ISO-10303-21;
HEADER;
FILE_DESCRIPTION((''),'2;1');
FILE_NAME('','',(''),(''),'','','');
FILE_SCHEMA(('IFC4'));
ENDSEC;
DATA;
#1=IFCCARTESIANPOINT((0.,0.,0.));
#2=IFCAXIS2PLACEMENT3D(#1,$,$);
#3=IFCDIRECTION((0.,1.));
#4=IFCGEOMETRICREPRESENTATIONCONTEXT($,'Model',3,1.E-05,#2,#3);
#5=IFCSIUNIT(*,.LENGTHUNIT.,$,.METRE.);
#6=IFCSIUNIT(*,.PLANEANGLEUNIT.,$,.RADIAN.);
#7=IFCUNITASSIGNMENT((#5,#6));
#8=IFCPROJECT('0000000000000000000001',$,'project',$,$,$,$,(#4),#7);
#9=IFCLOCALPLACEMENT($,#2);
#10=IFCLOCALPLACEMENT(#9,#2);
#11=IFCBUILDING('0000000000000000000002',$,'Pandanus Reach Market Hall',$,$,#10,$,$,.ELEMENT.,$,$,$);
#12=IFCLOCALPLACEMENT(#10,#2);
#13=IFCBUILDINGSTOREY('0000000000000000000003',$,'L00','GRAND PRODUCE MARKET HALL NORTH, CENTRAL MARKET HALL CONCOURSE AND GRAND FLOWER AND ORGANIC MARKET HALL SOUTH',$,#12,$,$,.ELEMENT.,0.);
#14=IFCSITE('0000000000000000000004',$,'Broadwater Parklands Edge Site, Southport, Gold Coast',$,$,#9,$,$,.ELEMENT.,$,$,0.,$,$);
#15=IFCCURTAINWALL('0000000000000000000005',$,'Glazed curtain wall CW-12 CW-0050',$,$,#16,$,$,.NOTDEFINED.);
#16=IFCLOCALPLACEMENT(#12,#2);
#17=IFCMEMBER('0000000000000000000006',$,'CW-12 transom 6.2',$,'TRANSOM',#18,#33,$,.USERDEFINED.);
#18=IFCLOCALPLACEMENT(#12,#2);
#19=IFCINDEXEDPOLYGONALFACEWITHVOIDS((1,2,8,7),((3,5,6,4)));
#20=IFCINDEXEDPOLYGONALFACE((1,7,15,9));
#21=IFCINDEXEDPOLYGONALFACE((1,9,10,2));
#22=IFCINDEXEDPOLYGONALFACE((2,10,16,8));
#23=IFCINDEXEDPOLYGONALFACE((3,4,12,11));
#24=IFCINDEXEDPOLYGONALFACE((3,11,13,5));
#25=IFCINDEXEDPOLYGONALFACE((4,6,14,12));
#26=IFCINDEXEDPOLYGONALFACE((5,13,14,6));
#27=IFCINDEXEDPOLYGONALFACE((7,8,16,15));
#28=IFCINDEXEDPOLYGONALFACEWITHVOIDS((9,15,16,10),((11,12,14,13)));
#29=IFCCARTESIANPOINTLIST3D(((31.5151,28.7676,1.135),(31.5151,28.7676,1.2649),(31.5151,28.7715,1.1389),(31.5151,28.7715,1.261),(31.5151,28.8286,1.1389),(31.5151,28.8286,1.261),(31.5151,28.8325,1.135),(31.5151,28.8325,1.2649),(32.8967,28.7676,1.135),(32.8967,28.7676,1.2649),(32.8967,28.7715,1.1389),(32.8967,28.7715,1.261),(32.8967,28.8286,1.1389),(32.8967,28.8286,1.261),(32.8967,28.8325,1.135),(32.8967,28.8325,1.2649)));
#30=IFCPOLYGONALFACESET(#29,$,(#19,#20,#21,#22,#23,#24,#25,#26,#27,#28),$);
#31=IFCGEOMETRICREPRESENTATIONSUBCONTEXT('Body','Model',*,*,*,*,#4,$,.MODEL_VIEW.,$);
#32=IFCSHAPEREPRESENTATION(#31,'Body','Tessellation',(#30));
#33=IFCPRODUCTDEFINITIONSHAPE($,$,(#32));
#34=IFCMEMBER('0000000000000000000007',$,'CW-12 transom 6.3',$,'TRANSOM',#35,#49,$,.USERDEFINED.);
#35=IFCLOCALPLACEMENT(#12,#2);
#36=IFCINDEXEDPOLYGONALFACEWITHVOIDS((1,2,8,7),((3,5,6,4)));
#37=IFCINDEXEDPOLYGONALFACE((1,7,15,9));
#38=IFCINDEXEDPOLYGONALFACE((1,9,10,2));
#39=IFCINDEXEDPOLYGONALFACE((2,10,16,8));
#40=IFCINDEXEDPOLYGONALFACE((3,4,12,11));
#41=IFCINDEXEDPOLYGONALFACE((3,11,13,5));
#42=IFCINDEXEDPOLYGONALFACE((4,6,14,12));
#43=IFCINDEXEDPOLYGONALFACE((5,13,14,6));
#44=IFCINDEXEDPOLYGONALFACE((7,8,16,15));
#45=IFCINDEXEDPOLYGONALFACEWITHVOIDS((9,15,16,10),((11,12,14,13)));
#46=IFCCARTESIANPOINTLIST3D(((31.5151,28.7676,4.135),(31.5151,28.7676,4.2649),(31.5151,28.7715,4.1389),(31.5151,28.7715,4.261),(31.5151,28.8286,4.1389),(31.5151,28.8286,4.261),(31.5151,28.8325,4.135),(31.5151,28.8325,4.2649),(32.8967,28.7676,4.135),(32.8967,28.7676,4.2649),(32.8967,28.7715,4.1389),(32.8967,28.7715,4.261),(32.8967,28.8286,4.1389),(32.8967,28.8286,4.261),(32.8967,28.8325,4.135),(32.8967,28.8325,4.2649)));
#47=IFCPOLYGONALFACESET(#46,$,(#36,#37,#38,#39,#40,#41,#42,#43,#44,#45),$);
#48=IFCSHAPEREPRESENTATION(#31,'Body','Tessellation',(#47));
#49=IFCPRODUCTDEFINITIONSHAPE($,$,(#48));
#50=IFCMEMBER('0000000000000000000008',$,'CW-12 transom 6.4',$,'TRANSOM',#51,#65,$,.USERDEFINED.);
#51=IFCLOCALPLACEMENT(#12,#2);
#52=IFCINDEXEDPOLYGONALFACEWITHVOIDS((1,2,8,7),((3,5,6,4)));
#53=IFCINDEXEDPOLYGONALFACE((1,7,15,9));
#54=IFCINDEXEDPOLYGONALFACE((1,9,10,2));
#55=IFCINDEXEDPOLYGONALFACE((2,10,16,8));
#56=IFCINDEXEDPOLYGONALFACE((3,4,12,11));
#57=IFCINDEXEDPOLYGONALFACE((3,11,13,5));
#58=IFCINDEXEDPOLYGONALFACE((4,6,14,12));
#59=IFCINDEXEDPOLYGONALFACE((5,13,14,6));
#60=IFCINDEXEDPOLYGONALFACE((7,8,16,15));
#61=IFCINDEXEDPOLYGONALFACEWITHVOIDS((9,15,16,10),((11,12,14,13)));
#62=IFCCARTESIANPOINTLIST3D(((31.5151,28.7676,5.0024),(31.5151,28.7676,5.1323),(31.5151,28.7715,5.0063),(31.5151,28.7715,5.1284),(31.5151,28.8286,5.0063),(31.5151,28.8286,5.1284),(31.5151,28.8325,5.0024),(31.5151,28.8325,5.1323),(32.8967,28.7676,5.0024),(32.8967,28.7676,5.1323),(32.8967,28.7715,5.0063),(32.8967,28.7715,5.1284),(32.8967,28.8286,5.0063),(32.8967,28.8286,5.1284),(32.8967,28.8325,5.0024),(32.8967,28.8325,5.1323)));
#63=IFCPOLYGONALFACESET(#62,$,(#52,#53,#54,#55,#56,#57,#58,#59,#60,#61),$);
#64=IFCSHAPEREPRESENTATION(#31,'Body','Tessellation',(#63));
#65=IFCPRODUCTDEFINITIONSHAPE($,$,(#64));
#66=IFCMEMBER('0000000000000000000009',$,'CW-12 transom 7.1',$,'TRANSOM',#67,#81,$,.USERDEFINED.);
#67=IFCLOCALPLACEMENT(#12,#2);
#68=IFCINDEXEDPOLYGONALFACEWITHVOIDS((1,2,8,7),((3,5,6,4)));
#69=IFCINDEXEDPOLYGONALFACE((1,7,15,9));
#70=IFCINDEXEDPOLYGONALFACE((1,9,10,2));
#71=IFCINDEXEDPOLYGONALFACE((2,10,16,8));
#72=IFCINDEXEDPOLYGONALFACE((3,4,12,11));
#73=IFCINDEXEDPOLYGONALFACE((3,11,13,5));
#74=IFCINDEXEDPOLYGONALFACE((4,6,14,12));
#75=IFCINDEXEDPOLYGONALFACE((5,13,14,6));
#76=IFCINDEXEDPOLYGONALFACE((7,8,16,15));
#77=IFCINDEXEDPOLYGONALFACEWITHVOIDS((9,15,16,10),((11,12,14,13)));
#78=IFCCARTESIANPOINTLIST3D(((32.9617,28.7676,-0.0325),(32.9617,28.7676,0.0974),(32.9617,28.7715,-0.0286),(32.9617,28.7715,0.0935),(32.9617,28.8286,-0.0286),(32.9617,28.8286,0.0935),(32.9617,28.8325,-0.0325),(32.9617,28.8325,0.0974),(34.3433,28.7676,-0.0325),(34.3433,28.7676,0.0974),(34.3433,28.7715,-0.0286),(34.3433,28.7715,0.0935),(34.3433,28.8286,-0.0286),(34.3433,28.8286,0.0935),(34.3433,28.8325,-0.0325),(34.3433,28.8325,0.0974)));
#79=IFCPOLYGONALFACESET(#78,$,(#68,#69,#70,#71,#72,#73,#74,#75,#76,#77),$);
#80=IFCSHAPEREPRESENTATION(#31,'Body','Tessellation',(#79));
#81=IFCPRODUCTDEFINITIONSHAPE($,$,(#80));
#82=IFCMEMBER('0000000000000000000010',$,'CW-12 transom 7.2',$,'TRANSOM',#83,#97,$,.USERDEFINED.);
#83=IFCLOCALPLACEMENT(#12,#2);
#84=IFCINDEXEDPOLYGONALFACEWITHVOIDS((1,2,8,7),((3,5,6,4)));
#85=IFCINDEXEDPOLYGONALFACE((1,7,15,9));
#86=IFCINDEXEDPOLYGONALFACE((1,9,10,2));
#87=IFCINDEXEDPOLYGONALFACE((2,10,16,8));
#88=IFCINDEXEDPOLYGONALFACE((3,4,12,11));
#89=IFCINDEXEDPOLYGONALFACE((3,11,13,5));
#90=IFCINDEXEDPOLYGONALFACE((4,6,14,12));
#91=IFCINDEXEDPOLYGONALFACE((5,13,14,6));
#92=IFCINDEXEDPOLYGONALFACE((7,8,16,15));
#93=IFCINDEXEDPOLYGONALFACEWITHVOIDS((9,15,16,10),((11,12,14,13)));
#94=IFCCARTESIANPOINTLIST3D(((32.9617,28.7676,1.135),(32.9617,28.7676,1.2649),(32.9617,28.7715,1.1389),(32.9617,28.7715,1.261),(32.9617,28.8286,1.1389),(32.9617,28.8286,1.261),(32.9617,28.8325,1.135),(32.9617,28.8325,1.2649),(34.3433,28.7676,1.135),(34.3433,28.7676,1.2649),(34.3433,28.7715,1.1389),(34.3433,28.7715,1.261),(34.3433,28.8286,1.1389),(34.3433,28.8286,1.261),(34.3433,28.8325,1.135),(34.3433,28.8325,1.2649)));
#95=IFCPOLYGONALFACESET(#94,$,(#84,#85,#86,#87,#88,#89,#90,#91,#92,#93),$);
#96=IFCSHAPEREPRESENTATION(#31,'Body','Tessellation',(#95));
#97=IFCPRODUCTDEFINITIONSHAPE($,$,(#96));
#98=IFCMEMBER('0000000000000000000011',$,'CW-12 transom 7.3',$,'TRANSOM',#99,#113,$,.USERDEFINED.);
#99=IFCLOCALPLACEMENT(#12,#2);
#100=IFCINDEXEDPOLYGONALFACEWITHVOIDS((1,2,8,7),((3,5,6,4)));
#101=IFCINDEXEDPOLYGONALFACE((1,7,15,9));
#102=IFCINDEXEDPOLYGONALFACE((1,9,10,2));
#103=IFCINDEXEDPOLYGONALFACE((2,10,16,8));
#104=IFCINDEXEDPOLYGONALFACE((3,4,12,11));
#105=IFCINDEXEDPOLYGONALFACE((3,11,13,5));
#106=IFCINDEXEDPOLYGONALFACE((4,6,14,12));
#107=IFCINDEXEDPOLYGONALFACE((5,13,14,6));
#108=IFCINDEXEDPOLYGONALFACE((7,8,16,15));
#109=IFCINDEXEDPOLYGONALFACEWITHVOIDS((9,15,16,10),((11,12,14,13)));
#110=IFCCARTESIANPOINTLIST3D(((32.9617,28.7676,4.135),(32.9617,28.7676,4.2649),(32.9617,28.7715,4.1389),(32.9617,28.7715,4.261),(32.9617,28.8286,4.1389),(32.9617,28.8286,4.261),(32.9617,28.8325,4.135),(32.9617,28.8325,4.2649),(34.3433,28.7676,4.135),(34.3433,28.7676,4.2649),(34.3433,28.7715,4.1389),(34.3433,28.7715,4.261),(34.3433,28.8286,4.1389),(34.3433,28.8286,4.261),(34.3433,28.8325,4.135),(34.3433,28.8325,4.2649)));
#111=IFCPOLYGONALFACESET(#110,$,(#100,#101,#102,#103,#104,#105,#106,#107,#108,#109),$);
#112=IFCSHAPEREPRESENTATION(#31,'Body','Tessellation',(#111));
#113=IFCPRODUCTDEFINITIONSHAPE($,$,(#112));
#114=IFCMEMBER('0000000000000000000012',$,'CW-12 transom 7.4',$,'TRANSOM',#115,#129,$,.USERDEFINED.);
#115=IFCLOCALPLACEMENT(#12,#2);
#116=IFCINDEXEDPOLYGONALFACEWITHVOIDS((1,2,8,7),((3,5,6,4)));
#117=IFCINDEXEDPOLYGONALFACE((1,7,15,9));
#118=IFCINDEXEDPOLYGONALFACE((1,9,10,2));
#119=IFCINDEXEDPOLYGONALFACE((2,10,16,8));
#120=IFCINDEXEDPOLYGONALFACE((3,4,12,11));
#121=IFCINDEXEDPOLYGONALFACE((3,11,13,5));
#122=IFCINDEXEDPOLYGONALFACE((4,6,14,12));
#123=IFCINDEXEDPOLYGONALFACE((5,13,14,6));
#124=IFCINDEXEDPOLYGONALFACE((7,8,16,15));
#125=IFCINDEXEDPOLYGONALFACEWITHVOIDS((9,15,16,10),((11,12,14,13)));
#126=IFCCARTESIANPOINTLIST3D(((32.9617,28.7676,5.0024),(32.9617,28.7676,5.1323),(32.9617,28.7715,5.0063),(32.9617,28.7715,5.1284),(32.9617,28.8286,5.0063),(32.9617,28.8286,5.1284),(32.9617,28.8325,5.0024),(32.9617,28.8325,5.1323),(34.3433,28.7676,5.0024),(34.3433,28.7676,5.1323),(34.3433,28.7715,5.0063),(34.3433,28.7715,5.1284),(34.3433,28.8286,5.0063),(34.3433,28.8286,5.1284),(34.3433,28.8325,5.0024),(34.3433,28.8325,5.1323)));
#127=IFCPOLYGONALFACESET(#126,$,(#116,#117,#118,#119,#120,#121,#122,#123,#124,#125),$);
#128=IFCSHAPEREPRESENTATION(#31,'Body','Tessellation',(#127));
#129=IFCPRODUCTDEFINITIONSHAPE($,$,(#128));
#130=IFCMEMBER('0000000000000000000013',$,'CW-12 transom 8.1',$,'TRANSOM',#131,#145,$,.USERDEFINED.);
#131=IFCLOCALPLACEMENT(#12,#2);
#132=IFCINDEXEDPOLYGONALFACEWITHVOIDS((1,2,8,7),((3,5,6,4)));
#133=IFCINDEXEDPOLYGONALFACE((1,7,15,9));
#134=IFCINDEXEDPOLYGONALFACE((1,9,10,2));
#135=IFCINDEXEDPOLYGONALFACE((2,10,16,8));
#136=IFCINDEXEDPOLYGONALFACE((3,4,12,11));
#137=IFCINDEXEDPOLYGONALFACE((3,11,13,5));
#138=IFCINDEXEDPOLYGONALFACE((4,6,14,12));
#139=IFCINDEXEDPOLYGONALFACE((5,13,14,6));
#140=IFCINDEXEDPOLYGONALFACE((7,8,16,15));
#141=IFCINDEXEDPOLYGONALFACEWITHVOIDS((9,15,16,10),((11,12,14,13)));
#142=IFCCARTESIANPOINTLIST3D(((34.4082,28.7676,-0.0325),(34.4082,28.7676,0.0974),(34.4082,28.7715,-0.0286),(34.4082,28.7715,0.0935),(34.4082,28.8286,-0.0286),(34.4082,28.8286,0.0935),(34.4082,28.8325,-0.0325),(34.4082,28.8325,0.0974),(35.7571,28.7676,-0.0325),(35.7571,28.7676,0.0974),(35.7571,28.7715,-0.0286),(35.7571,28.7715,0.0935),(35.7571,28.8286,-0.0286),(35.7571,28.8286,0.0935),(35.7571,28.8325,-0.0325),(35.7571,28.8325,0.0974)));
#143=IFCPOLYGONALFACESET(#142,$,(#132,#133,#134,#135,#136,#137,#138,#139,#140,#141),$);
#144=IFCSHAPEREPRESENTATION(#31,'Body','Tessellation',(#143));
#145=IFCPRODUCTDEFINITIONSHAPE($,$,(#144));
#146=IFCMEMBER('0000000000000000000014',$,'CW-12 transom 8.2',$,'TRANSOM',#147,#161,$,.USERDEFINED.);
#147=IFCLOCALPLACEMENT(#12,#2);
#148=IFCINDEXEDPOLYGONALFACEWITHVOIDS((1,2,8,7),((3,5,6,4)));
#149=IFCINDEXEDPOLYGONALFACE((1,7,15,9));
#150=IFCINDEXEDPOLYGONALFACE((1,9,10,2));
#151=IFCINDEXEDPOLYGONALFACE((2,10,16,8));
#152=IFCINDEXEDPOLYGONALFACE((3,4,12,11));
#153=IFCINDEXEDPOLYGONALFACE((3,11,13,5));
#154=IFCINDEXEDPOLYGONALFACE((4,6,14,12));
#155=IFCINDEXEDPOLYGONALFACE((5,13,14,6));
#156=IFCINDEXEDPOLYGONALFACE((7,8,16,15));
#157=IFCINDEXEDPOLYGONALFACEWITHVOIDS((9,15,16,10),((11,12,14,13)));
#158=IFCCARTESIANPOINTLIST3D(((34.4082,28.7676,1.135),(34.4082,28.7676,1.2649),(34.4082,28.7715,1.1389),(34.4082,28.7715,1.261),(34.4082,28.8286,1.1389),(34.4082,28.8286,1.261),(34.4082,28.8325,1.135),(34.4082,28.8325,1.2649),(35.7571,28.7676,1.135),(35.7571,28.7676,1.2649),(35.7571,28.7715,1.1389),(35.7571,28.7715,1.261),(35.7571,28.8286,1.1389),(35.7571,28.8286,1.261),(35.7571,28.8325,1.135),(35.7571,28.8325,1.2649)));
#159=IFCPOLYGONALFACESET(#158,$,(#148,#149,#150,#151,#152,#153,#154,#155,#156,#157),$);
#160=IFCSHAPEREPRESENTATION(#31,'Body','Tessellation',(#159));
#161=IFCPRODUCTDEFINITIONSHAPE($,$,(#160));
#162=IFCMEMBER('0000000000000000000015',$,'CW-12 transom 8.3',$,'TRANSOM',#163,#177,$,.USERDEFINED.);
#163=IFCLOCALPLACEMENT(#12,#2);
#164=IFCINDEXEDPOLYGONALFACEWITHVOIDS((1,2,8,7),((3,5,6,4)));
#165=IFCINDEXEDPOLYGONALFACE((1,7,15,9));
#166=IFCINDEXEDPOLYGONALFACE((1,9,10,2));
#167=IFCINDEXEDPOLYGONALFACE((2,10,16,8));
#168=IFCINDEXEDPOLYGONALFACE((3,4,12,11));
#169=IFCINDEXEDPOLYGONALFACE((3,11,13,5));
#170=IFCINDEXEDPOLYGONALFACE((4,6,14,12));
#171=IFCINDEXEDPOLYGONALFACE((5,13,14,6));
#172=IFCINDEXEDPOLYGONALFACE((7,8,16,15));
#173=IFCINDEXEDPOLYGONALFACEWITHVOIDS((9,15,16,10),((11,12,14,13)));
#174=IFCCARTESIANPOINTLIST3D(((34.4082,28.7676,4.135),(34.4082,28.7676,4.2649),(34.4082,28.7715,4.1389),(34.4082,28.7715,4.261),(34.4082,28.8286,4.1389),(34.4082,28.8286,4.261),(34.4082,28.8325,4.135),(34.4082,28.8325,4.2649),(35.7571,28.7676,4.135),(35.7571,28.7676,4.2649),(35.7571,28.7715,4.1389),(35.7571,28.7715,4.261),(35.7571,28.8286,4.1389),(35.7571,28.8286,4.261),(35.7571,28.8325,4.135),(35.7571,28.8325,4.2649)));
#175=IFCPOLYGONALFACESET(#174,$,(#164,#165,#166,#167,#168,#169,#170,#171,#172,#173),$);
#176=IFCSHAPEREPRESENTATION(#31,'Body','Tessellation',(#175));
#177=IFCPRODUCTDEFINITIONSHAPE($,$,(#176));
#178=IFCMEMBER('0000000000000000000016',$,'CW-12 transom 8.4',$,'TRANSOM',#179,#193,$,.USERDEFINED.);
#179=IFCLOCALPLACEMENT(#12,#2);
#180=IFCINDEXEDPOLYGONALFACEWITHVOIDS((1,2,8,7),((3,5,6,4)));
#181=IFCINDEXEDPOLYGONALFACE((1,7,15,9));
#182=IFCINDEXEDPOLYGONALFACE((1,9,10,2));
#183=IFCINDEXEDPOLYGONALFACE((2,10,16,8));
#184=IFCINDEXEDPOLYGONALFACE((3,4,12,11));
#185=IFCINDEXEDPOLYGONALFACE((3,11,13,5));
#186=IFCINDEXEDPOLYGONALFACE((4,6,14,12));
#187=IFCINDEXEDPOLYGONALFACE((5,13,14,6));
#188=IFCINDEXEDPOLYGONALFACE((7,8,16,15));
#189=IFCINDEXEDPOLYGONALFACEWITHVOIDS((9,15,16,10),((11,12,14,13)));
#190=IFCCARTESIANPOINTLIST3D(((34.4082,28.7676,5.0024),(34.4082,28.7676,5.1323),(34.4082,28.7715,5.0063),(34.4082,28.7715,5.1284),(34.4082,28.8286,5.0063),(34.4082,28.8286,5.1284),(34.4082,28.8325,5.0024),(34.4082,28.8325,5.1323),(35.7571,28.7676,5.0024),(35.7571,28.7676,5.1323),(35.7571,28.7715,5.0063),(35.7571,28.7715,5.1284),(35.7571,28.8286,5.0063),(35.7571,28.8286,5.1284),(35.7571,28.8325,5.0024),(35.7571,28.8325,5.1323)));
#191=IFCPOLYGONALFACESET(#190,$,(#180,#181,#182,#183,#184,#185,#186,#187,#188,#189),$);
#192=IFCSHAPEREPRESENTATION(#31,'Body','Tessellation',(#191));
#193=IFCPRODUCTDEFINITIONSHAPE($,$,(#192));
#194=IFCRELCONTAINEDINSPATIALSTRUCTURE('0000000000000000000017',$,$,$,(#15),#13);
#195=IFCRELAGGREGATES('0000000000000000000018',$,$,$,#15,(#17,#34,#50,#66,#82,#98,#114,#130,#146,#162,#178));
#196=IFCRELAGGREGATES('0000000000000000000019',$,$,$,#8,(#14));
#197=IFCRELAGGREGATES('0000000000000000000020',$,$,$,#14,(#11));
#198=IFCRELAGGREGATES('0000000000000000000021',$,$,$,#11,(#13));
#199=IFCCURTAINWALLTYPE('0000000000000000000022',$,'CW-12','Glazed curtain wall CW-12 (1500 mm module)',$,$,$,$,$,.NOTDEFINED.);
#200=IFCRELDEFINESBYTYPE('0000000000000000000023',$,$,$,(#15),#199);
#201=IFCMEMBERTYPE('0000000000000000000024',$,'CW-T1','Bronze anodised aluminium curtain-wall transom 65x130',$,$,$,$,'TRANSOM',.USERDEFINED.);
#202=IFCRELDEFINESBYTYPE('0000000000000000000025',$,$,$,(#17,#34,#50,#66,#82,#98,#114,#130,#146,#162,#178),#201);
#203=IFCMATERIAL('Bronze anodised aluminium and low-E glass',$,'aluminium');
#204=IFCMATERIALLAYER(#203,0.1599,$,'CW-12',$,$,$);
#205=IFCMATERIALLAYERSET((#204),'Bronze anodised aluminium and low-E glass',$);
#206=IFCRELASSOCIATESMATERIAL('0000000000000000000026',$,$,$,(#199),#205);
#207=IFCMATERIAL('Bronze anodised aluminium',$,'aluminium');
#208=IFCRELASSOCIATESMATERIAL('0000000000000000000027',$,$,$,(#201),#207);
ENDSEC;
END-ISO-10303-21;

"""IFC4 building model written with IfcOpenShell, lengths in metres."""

from ifc_helpers import new_model, si_unit, direction, frame, origin, origin_2d, place, context, subcontext, project, spatial, hollow_rectangle, extrude, material, layer, layer_set, material_profile, profile_set, type_object, element, aggregate, save


model = new_model("IFC4")

# Units and contexts
model_context = context("Model", 3, precision=1e-05, world=origin(), true_north=direction((0.0, 1.0)))
body_context = subcontext(model_context, "Body", "Model", "MODEL_VIEW")
ifc_project = project(units=[si_unit("LENGTHUNIT", "METRE"), si_unit("PLANEANGLEUNIT", "RADIAN")], contexts=[model_context])

# Site, building, storey
site_placement = place(None, origin())
site = spatial("IfcSite", under=ifc_project, at=site_placement, Name="Broadwater Parklands Edge Site, Southport, Gold Coast", CompositionType="ELEMENT", RefElevation=0.0)
building_placement = place(site_placement, origin())
building = spatial("IfcBuilding", under=site, at=building_placement, Name="Pandanus Reach Market Hall", CompositionType="ELEMENT")
storey_placement = place(building_placement, origin())
storey = spatial("IfcBuildingStorey", under=building, at=storey_placement, Name="L00", Description="GRAND PRODUCE MARKET HALL NORTH, CENTRAL MARKET HALL CONCOURSE AND GRAND FLOWER AND ORGANIC MARKET HALL SOUTH", CompositionType="ELEMENT", Elevation=0.0)

# Curtain wall, members
ifc_material_1 = material(Name="Bronze anodised aluminium and low-E glass", Category="aluminium")
ifc_layer_1 = layer(ifc_material_1, 0.1599, Name="CW-12")
ifc_layer_set_1 = layer_set([ifc_layer_1], Name="Bronze anodised aluminium and low-E glass")
curtain_wall_type = type_object("IfcCurtainWallType", Name="CW-12", Description="Glazed curtain wall CW-12 (1500 mm module)", PredefinedType="NOTDEFINED", material=ifc_layer_set_1)
curtain_wall_placement = place(storey_placement, origin())
curtain_wall = element("IfcCurtainWall", 1, at=curtain_wall_placement, inside=storey, type_object=curtain_wall_type, Name="Glazed curtain wall CW-12 CW-0050", PredefinedType="NOTDEFINED")
ifc_material_2 = material(Name="Bronze anodised aluminium", Category="aluminium")
ifc_material_profile_1 = material_profile(ifc_material_2, hollow_rectangle(XDim=0.0649, YDim=0.1299, WallThickness=0.0039, at=origin_2d()), Name="ALU65x130", Category="LoadBearing")
ifc_profile_set_1 = profile_set([ifc_material_profile_1], Name="Bronze anodised aluminium")
member_type_1 = type_object("IfcMemberType", Name="CW-T1", Description="Bronze anodised aluminium curtain-wall transom 65x130", ElementType="TRANSOM", PredefinedType="USERDEFINED", material=ifc_profile_set_1)
member_1_placement = place(storey_placement, frame((31.5151, 28.8, 1.2), z_axis=(1.0, 0.0, 0.0), x_axis=(0.0, 1.0, 0.0)))
member_1 = element("IfcMember", 2, at=member_1_placement, type_object=member_type_1, Name="CW-12 transom 6.2", ObjectType="TRANSOM", PredefinedType="USERDEFINED", context=body_context, shape_type="SweptSolid", body=[
    extrude(hollow_rectangle(XDim=0.0649, YDim=0.1299, WallThickness=0.0039, at=origin_2d()), origin(), (0.0, 0.0, 1.0), 1.3816),
])
member_2_placement = place(storey_placement, frame((31.5151, 28.8, 4.2), z_axis=(1.0, 0.0, 0.0), x_axis=(0.0, 1.0, 0.0)))
member_2 = element("IfcMember", 3, at=member_2_placement, type_object=member_type_1, Name="CW-12 transom 6.3", ObjectType="TRANSOM", PredefinedType="USERDEFINED", context=body_context, shape_type="SweptSolid", body=[
    extrude(hollow_rectangle(XDim=0.0649, YDim=0.1299, WallThickness=0.0039, at=origin_2d()), origin(), (0.0, 0.0, 1.0), 1.3816),
])
member_3_placement = place(storey_placement, frame((31.5151, 28.8, 5.0674), z_axis=(1.0, 0.0, 0.0), x_axis=(0.0, 1.0, 0.0)))
member_3 = element("IfcMember", 4, at=member_3_placement, type_object=member_type_1, Name="CW-12 transom 6.4", ObjectType="TRANSOM", PredefinedType="USERDEFINED", context=body_context, shape_type="SweptSolid", body=[
    extrude(hollow_rectangle(XDim=0.0649, YDim=0.1299, WallThickness=0.0039, at=origin_2d()), origin(), (0.0, 0.0, 1.0), 1.3816),
])
member_4_placement = place(storey_placement, frame((32.9617, 28.8, 0.0325), z_axis=(1.0, 0.0, 0.0), x_axis=(0.0, 1.0, 0.0)))
member_4 = element("IfcMember", 5, at=member_4_placement, type_object=member_type_1, Name="CW-12 transom 7.1", ObjectType="TRANSOM", PredefinedType="USERDEFINED", context=body_context, shape_type="SweptSolid", body=[
    extrude(hollow_rectangle(XDim=0.0649, YDim=0.1299, WallThickness=0.0039, at=origin_2d()), origin(), (0.0, 0.0, 1.0), 1.3816),
])
member_5_placement = place(storey_placement, frame((32.9617, 28.8, 1.2), z_axis=(1.0, 0.0, 0.0), x_axis=(0.0, 1.0, 0.0)))
member_5 = element("IfcMember", 6, at=member_5_placement, type_object=member_type_1, Name="CW-12 transom 7.2", ObjectType="TRANSOM", PredefinedType="USERDEFINED", context=body_context, shape_type="SweptSolid", body=[
    extrude(hollow_rectangle(XDim=0.0649, YDim=0.1299, WallThickness=0.0039, at=origin_2d()), origin(), (0.0, 0.0, 1.0), 1.3816),
])
member_6_placement = place(storey_placement, frame((32.9617, 28.8, 4.2), z_axis=(1.0, 0.0, 0.0), x_axis=(0.0, 1.0, 0.0)))
member_6 = element("IfcMember", 7, at=member_6_placement, type_object=member_type_1, Name="CW-12 transom 7.3", ObjectType="TRANSOM", PredefinedType="USERDEFINED", context=body_context, shape_type="SweptSolid", body=[
    extrude(hollow_rectangle(XDim=0.0649, YDim=0.1299, WallThickness=0.0039, at=origin_2d()), origin(), (0.0, 0.0, 1.0), 1.3816),
])
member_7_placement = place(storey_placement, frame((32.9617, 28.8, 5.0674), z_axis=(1.0, 0.0, 0.0), x_axis=(0.0, 1.0, 0.0)))
member_7 = element("IfcMember", 8, at=member_7_placement, type_object=member_type_1, Name="CW-12 transom 7.4", ObjectType="TRANSOM", PredefinedType="USERDEFINED", context=body_context, shape_type="SweptSolid", body=[
    extrude(hollow_rectangle(XDim=0.0649, YDim=0.1299, WallThickness=0.0039, at=origin_2d()), origin(), (0.0, 0.0, 1.0), 1.3816),
])
member_8_placement = place(storey_placement, frame((34.4082, 28.8, 0.0325), z_axis=(1.0, 0.0, 0.0), x_axis=(0.0, 1.0, 0.0)))
member_8 = element("IfcMember", 9, at=member_8_placement, type_object=member_type_1, Name="CW-12 transom 8.1", ObjectType="TRANSOM", PredefinedType="USERDEFINED", context=body_context, shape_type="SweptSolid", body=[
    extrude(hollow_rectangle(XDim=0.0649, YDim=0.1299, WallThickness=0.0039, at=origin_2d()), origin(), (0.0, 0.0, 1.0), 1.3489),
])
member_9_placement = place(storey_placement, frame((34.4082, 28.8, 1.2), z_axis=(1.0, 0.0, 0.0), x_axis=(0.0, 1.0, 0.0)))
member_9 = element("IfcMember", 10, at=member_9_placement, type_object=member_type_1, Name="CW-12 transom 8.2", ObjectType="TRANSOM", PredefinedType="USERDEFINED", context=body_context, shape_type="SweptSolid", body=[
    extrude(hollow_rectangle(XDim=0.0649, YDim=0.1299, WallThickness=0.0039, at=origin_2d()), origin(), (0.0, 0.0, 1.0), 1.3489),
])
member_10_placement = place(storey_placement, frame((34.4082, 28.8, 4.2), z_axis=(1.0, 0.0, 0.0), x_axis=(0.0, 1.0, 0.0)))
member_10 = element("IfcMember", 11, at=member_10_placement, type_object=member_type_1, Name="CW-12 transom 8.3", ObjectType="TRANSOM", PredefinedType="USERDEFINED", context=body_context, shape_type="SweptSolid", body=[
    extrude(hollow_rectangle(XDim=0.0649, YDim=0.1299, WallThickness=0.0039, at=origin_2d()), origin(), (0.0, 0.0, 1.0), 1.3489),
])
member_11_placement = place(storey_placement, frame((34.4082, 28.8, 5.0674), z_axis=(1.0, 0.0, 0.0), x_axis=(0.0, 1.0, 0.0)))
member_11 = element("IfcMember", 12, at=member_11_placement, type_object=member_type_1, Name="CW-12 transom 8.4", ObjectType="TRANSOM", PredefinedType="USERDEFINED", context=body_context, shape_type="SweptSolid", body=[
    extrude(hollow_rectangle(XDim=0.0649, YDim=0.1299, WallThickness=0.0039, at=origin_2d()), origin(), (0.0, 0.0, 1.0), 1.3489),
])
aggregate(curtain_wall, [member_1, member_2, member_3, member_4, member_5, member_6, member_7, member_8, member_9, member_10, member_11])

save(model, "model.ifc")
